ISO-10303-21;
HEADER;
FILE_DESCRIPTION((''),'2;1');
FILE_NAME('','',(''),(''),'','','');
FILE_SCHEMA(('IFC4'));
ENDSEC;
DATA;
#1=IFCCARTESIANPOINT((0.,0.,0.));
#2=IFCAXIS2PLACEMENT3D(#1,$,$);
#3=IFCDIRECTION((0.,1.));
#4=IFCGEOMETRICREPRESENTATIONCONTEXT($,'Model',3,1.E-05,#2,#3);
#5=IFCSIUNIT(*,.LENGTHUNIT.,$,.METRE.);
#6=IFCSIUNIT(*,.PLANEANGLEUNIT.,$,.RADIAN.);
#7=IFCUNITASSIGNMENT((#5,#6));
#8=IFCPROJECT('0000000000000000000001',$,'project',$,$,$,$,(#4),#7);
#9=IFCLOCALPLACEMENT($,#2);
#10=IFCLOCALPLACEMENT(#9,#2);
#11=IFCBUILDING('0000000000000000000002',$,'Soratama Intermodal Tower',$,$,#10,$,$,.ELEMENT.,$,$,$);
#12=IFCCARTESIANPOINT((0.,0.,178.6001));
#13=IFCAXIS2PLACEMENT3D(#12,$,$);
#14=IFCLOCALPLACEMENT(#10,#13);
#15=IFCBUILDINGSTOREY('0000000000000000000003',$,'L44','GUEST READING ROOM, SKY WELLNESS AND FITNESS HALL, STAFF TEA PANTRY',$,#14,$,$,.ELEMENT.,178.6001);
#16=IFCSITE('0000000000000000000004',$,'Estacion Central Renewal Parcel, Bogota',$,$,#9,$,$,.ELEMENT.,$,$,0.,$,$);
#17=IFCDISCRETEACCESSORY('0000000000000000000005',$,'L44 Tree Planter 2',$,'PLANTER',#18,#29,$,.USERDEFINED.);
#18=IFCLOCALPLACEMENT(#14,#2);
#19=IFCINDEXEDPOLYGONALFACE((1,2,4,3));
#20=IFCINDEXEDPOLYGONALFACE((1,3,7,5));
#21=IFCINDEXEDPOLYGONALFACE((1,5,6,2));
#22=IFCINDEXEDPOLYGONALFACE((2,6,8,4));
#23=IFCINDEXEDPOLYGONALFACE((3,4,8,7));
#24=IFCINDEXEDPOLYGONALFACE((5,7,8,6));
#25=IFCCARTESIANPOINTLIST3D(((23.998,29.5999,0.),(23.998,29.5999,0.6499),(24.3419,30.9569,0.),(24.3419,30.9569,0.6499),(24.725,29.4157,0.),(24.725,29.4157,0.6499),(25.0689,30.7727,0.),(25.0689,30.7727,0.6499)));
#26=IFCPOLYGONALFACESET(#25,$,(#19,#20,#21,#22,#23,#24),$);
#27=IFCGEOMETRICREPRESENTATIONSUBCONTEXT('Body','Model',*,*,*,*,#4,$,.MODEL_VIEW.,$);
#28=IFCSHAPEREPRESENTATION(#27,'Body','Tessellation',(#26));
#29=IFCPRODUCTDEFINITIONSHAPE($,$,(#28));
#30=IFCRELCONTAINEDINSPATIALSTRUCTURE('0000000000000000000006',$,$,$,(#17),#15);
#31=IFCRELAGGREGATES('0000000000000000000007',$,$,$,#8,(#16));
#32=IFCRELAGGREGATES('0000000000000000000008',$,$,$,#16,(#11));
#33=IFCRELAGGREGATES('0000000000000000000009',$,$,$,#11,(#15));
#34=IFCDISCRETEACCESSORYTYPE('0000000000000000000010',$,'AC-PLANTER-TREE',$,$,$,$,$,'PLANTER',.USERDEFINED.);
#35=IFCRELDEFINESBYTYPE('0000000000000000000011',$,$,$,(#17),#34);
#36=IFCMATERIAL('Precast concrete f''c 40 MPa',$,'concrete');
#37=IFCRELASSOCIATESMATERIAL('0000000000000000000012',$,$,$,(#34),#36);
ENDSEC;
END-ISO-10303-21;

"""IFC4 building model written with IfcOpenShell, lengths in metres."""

from ifc_helpers import new_model, si_unit, direction, frame, origin, origin_2d, place, context, subcontext, project, spatial, rectangle, extrude, material, type_object, element, save


model = new_model("IFC4")

# Units and contexts
model_context = context("Model", 3, precision=1e-05, world=origin(), true_north=direction((0.0, 1.0)))
body_context = subcontext(model_context, "Body", "Model", "MODEL_VIEW")
ifc_project = project(units=[si_unit("LENGTHUNIT", "METRE"), si_unit("PLANEANGLEUNIT", "RADIAN")], contexts=[model_context])

# Site, building, storey
site_placement = place(None, origin())
site = spatial("IfcSite", under=ifc_project, at=site_placement, Name="Estacion Central Renewal Parcel, Bogota", CompositionType="ELEMENT", RefElevation=0.0)
building_placement = place(site_placement, origin())
building = spatial("IfcBuilding", under=site, at=building_placement, Name="Soratama Intermodal Tower", CompositionType="ELEMENT")
storey_placement = place(building_placement, frame((0.0, 0.0, 178.6001)))
storey = spatial("IfcBuildingStorey", under=building, at=storey_placement, Name="L44", Description="GUEST READING ROOM, SKY WELLNESS AND FITNESS HALL, STAFF TEA PANTRY", CompositionType="ELEMENT", Elevation=178.6001)

# Discrete accessory
ifc_material_1 = material(Name="Precast concrete f'c 40 MPa", Category="concrete")
discrete_accessory_type = type_object("IfcDiscreteAccessoryType", Name="AC-PLANTER-TREE", ElementType="PLANTER", PredefinedType="USERDEFINED", material=ifc_material_1)
discrete_accessory_placement = place(storey_placement, frame((24.5334, 30.1863, 0.0), z_axis=(0.0, 0.0, 1.0), x_axis=(-0.96936, 0.245646, 0.0)))
element("IfcDiscreteAccessory", 1, at=discrete_accessory_placement, inside=storey, type_object=discrete_accessory_type, Name="L44 Tree Planter 2", ObjectType="PLANTER", PredefinedType="USERDEFINED", context=body_context, shape_type="SweptSolid", body=[
    extrude(rectangle(XDim=0.75, YDim=1.3999, at=origin_2d()), origin(), (0.0, 0.0, 1.0), 0.6499),
])

save(model, "model.ifc")
